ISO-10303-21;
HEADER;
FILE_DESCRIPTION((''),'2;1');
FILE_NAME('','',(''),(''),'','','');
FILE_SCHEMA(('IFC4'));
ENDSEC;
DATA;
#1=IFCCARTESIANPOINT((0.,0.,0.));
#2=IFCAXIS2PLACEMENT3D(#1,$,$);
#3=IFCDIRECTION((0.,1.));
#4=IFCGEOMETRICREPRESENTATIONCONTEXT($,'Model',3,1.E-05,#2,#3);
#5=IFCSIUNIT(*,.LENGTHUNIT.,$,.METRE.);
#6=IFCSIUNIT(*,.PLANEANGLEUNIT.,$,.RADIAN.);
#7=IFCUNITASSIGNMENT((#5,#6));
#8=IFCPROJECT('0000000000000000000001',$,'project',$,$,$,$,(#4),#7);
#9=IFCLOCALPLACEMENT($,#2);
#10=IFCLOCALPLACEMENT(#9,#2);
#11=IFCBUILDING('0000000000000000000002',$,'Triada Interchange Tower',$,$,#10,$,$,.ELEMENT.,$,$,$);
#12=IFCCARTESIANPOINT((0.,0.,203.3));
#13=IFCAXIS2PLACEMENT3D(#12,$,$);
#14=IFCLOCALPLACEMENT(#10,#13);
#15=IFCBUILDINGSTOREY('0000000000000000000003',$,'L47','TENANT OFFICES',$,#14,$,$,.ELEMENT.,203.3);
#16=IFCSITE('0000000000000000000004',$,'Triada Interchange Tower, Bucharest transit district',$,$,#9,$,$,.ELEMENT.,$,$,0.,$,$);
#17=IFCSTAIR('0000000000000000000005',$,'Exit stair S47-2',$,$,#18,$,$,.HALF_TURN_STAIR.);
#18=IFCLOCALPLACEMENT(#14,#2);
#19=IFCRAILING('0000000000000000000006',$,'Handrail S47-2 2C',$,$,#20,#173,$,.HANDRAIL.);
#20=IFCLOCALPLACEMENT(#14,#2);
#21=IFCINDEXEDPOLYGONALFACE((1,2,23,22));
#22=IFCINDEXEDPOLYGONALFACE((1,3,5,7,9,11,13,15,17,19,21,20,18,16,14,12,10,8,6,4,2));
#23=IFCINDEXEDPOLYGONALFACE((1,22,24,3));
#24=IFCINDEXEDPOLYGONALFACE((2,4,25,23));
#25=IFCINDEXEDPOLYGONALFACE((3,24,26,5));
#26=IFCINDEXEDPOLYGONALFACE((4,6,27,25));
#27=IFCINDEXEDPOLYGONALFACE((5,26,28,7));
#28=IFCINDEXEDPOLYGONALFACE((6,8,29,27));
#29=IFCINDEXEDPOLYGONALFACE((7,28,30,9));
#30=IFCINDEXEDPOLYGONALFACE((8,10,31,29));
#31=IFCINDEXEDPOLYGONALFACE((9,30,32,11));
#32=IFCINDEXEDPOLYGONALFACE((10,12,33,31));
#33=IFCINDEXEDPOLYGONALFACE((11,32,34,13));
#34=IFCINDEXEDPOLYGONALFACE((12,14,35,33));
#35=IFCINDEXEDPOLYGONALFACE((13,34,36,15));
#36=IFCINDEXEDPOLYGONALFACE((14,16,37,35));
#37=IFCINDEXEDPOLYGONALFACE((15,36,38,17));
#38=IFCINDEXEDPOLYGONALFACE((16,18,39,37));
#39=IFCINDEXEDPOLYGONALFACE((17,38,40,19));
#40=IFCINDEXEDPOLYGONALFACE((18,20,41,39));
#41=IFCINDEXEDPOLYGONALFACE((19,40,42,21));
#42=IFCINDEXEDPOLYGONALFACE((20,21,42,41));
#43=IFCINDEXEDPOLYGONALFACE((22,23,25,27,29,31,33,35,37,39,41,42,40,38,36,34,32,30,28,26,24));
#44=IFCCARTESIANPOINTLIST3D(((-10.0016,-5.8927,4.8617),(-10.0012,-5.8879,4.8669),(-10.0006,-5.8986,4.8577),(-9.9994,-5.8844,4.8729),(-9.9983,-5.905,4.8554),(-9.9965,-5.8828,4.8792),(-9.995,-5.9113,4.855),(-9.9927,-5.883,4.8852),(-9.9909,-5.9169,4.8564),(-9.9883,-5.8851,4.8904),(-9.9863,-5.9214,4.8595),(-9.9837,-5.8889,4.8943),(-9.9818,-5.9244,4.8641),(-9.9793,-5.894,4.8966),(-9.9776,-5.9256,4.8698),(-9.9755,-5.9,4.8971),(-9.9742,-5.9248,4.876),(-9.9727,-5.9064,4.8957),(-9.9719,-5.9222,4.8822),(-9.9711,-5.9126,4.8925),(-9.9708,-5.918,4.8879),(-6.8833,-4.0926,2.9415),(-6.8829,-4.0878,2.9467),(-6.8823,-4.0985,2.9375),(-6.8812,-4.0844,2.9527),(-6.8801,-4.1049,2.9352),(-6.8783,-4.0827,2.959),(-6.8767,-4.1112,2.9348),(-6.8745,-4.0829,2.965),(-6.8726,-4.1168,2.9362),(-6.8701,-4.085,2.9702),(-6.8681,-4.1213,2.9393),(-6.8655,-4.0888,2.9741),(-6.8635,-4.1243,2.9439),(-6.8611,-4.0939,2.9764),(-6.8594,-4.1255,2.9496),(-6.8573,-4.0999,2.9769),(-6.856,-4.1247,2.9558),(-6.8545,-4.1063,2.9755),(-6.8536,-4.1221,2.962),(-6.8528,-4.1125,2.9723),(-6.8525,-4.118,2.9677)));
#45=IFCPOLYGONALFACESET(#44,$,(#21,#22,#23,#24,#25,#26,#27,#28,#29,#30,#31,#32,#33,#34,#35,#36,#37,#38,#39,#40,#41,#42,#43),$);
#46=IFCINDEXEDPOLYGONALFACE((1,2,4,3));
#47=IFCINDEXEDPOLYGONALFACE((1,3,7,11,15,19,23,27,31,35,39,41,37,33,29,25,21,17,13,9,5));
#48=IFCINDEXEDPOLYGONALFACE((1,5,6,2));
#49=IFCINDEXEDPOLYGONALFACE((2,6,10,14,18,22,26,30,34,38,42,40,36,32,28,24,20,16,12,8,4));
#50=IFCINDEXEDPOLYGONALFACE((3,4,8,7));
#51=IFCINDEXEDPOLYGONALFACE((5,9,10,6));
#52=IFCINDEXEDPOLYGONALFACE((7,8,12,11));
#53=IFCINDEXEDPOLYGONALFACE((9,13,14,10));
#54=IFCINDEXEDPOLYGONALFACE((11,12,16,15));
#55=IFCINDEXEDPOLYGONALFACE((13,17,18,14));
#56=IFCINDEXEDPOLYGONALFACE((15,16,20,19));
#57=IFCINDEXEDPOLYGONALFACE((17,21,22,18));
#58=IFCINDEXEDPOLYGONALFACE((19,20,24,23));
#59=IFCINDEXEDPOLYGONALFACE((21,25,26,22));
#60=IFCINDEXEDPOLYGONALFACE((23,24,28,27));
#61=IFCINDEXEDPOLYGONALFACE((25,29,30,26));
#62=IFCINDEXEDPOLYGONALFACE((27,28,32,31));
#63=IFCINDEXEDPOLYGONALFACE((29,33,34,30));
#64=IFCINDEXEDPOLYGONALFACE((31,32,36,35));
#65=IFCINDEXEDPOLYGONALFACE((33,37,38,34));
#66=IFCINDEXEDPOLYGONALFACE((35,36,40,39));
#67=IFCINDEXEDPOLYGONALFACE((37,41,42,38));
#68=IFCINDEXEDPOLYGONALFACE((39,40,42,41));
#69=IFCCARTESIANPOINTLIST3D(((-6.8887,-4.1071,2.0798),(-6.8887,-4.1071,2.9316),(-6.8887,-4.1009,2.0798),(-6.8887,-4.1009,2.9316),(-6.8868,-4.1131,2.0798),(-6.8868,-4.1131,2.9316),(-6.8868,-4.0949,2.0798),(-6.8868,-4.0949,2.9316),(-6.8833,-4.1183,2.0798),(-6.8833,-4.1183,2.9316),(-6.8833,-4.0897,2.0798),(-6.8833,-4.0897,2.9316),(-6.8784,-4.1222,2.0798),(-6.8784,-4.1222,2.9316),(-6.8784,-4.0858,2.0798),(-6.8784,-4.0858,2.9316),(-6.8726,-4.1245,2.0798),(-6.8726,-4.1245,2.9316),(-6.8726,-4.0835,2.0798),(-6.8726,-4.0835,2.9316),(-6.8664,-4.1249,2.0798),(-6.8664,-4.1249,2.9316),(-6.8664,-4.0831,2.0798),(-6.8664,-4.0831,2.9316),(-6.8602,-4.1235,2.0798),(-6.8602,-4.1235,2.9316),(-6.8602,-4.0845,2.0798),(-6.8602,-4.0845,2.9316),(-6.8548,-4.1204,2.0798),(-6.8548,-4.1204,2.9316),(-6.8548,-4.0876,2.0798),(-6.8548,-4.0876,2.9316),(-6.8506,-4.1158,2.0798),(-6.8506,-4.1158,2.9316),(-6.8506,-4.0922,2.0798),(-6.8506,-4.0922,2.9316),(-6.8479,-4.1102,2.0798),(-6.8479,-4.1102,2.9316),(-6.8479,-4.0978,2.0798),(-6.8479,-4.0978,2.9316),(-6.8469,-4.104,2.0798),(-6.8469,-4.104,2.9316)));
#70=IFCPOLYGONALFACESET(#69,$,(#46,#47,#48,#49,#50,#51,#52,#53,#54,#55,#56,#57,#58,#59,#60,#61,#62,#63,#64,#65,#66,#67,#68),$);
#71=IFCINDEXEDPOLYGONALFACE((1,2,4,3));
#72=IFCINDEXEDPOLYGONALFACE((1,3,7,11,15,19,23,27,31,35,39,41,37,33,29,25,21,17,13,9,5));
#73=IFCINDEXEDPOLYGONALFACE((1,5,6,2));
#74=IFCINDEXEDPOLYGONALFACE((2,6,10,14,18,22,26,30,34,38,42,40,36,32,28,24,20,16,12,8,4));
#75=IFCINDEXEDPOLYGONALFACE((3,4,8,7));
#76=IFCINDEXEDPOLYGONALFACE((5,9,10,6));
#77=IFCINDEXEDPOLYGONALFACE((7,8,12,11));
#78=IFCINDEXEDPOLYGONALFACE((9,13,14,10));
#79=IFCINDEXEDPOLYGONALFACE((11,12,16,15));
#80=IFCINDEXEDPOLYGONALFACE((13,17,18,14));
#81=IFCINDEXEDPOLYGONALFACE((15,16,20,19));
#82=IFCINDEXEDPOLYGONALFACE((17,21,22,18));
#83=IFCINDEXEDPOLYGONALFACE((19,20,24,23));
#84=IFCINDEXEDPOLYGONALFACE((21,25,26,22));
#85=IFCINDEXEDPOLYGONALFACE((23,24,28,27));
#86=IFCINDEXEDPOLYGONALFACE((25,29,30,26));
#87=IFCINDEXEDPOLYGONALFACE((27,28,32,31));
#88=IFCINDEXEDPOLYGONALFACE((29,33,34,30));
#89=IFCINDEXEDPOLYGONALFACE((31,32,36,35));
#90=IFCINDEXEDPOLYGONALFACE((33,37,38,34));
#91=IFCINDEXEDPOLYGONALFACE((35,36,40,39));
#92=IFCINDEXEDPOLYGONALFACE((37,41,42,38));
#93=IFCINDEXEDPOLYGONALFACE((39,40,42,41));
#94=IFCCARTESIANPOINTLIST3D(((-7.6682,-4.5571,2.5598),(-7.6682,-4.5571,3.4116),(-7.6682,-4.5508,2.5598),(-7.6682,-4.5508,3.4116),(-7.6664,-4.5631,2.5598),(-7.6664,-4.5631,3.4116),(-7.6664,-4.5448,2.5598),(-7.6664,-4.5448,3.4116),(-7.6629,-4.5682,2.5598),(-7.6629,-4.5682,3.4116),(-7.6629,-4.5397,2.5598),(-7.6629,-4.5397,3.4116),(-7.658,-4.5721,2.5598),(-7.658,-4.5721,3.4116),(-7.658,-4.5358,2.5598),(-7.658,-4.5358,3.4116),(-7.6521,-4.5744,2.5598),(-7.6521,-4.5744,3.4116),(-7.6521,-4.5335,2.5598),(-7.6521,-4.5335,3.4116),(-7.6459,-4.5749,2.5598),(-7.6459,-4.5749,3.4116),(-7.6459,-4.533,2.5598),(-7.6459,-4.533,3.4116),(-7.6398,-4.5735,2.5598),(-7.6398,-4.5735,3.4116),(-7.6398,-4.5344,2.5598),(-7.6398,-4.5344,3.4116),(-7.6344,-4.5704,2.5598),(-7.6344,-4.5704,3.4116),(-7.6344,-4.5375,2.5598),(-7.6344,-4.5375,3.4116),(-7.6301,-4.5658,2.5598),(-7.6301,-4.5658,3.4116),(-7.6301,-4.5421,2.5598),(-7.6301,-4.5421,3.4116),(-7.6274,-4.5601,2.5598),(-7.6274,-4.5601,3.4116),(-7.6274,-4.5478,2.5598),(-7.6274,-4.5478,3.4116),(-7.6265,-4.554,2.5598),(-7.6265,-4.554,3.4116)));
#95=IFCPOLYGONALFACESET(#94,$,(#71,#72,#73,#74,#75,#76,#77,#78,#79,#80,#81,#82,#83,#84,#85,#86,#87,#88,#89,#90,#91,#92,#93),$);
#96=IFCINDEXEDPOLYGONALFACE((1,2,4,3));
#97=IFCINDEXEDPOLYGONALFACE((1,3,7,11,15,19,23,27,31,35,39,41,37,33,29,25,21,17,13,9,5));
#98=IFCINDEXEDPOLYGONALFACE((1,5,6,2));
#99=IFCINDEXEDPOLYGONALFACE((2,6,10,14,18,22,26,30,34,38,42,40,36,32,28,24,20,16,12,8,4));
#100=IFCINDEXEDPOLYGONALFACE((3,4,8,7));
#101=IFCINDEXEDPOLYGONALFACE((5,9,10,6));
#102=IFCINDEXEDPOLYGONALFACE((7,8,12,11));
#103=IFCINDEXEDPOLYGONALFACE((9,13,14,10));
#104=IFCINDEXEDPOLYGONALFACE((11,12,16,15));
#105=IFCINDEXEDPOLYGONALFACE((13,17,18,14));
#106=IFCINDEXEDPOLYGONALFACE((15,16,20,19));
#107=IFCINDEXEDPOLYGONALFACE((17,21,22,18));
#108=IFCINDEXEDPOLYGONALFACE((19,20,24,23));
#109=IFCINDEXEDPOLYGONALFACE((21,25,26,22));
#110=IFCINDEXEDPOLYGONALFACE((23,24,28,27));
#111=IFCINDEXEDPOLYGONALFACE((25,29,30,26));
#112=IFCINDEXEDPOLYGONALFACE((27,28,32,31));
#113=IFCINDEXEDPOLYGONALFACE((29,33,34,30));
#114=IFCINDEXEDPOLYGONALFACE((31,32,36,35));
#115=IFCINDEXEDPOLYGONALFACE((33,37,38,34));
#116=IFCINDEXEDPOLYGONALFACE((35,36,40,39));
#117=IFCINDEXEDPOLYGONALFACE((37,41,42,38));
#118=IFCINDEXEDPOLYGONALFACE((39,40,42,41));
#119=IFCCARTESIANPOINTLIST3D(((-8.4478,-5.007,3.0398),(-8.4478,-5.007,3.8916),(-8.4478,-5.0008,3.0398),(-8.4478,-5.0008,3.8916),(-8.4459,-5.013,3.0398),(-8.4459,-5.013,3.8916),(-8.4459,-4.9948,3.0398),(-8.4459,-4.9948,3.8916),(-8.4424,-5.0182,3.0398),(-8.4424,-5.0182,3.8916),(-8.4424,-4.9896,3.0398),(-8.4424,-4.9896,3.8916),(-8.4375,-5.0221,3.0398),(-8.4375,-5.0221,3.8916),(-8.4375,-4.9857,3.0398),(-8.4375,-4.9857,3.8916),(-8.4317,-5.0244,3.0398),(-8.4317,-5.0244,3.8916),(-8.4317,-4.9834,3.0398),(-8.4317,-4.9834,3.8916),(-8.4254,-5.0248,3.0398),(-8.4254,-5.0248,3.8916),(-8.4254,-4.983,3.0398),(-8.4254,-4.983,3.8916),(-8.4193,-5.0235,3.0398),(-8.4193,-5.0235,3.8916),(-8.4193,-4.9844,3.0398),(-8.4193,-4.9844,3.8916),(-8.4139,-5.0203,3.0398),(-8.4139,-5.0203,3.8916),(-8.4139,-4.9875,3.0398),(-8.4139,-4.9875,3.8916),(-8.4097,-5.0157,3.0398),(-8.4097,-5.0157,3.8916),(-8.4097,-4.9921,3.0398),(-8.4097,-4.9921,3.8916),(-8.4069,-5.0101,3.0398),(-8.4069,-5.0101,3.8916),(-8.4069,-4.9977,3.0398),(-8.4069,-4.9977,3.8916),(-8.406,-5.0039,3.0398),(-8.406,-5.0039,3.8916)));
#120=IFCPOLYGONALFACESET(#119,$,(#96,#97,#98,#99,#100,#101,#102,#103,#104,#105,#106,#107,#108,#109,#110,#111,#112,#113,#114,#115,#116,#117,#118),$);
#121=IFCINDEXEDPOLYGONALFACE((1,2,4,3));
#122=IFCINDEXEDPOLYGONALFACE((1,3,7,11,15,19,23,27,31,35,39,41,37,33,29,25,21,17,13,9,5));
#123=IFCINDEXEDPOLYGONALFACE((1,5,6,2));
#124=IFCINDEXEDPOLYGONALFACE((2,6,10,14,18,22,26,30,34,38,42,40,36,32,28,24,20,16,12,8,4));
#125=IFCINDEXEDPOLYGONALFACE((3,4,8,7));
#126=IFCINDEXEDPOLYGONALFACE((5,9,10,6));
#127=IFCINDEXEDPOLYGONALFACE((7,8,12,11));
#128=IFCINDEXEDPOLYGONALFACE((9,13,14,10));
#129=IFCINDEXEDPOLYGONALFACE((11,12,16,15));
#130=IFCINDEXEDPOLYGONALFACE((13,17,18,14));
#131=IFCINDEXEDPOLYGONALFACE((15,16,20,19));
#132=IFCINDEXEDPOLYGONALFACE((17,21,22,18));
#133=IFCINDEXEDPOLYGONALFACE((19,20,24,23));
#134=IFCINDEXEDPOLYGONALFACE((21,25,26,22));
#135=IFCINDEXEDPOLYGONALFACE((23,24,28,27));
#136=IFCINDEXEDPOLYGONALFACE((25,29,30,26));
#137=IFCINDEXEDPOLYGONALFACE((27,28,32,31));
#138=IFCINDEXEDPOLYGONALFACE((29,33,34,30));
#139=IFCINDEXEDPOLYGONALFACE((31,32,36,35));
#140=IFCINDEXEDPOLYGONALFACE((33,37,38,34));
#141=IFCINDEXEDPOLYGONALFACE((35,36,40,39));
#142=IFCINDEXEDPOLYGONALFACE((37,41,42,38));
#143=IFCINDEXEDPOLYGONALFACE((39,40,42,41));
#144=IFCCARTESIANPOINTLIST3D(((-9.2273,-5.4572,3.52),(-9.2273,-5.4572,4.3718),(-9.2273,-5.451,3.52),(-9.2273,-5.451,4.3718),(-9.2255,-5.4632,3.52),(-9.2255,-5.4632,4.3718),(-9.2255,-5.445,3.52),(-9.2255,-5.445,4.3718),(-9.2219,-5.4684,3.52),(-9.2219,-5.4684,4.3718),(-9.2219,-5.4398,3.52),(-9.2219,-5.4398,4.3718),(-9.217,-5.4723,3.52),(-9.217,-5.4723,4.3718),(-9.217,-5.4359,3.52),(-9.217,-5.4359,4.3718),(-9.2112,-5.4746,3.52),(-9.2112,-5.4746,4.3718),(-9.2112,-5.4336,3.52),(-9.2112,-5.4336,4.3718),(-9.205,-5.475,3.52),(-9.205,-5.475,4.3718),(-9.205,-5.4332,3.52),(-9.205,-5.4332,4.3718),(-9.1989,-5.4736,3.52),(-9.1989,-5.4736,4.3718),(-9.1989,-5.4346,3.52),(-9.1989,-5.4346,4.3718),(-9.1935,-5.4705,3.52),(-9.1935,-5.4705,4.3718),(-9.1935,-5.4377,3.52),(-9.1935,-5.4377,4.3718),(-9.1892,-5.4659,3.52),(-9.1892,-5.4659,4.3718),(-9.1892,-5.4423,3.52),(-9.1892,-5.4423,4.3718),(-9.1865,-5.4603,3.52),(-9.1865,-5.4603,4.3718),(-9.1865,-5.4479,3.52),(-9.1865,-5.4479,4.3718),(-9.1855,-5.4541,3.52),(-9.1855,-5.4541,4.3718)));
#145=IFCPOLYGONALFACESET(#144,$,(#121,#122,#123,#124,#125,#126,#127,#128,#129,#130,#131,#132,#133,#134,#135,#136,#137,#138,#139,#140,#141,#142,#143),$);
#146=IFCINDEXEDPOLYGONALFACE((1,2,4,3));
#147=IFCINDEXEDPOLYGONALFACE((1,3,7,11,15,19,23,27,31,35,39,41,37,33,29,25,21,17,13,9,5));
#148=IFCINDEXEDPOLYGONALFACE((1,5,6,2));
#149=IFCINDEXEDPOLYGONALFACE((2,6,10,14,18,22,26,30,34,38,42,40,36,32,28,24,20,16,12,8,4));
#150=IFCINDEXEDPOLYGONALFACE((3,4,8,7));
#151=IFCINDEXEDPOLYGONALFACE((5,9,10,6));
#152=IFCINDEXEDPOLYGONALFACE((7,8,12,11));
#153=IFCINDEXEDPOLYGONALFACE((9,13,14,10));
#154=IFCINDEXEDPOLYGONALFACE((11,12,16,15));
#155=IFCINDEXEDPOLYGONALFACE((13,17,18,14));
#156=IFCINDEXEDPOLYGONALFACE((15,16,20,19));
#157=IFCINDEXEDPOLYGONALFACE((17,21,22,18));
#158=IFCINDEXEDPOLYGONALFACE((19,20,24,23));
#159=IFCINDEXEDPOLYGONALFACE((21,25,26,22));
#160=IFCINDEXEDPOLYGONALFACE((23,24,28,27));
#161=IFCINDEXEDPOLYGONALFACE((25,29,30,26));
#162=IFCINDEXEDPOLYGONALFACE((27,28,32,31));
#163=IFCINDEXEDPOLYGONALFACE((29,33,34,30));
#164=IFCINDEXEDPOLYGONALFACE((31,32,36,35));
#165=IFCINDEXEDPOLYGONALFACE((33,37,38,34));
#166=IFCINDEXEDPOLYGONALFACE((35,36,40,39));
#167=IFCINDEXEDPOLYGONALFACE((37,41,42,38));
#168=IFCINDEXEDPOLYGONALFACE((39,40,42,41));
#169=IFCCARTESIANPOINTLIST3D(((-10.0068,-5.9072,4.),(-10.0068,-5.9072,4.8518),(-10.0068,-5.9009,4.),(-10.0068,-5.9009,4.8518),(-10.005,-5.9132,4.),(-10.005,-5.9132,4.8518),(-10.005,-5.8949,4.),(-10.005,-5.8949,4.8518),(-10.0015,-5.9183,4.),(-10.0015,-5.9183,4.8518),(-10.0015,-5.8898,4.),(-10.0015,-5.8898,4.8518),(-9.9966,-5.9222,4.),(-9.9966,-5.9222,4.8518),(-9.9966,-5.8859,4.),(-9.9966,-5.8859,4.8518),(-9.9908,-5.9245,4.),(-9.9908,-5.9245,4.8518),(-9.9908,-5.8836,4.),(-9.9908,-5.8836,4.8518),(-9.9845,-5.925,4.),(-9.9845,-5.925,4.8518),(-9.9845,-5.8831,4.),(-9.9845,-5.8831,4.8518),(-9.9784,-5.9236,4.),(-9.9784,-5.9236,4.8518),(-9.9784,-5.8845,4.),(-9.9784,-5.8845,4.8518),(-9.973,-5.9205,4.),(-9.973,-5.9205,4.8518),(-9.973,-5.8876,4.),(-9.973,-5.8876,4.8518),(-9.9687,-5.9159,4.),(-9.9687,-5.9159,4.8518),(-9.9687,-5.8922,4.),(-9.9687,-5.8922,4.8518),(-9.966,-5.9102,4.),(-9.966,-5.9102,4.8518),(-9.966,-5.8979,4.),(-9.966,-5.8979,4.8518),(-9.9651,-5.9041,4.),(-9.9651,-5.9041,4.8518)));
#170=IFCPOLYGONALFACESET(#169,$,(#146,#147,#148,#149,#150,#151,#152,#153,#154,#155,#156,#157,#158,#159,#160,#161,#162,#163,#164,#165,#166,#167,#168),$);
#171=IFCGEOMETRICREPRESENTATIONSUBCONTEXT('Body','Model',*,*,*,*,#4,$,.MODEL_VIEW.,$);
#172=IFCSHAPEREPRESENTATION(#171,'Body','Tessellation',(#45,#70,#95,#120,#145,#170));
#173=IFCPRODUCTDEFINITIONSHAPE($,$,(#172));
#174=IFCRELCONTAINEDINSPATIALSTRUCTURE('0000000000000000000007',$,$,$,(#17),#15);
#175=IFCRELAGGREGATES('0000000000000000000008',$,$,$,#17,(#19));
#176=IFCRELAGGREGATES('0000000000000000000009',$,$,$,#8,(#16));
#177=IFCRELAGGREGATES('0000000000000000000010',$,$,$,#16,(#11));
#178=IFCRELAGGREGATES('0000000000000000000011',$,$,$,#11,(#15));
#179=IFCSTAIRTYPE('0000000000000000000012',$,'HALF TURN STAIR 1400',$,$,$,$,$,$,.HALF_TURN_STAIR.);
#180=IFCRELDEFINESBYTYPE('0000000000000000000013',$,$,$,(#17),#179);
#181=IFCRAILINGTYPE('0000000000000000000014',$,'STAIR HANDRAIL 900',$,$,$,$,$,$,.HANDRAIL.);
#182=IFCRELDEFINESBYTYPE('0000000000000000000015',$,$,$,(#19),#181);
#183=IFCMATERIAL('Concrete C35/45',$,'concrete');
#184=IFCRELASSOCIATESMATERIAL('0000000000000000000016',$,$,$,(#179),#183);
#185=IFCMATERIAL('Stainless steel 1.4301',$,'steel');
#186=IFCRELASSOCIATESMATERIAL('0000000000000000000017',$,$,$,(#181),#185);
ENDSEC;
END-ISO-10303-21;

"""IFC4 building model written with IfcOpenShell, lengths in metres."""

from ifc_helpers import new_model, si_unit, direction, frame, origin, origin_2d, place, context, subcontext, project, spatial, circle, extrude, material, type_object, element, aggregate, save


model = new_model("IFC4")

# Units and contexts
model_context = context("Model", 3, precision=1e-05, world=origin(), true_north=direction((0.0, 1.0)))
body_context = subcontext(model_context, "Body", "Model", "MODEL_VIEW")
ifc_project = project(units=[si_unit("LENGTHUNIT", "METRE"), si_unit("PLANEANGLEUNIT", "RADIAN")], contexts=[model_context])

# Site, building, storey
site_placement = place(None, origin())
site = spatial("IfcSite", under=ifc_project, at=site_placement, Name="Triada Interchange Tower, Bucharest transit district", CompositionType="ELEMENT", RefElevation=0.0)
building_placement = place(site_placement, origin())
building = spatial("IfcBuilding", under=site, at=building_placement, Name="Triada Interchange Tower", CompositionType="ELEMENT")
storey_placement = place(building_placement, frame((0.0, 0.0, 203.3)))
storey = spatial("IfcBuildingStorey", under=building, at=storey_placement, Name="L47", Description="TENANT OFFICES", CompositionType="ELEMENT", Elevation=203.3)

# Stair, railing
ifc_material_1 = material(Name="Concrete C35/45", Category="concrete")
stair_type = type_object("IfcStairType", Name="HALF TURN STAIR 1400", PredefinedType="HALF_TURN_STAIR", material=ifc_material_1)
stair_placement = place(storey_placement, origin())
stair = element("IfcStair", 1, at=stair_placement, inside=storey, type_object=stair_type, Name="Exit stair S47-2", PredefinedType="HALF_TURN_STAIR")
ifc_material_2 = material(Name="Stainless steel 1.4301", Category="steel")
railing_type = type_object("IfcRailingType", Name="STAIR HANDRAIL 900", PredefinedType="HANDRAIL", material=ifc_material_2)
railing_1_placement = place(storey_placement, frame((-6.8679, -4.104, 2.0798)))
railing_1 = element("IfcRailing", 2, at=railing_1_placement, type_object=railing_type, Name="Handrail S47-2 2C", PredefinedType="HANDRAIL", context=body_context, shape_type="SweptSolid", body=[
    extrude(circle(Radius=0.0239, at=origin_2d()), frame((0.0, 0.0, 0.876), z_axis=(-0.76417, -0.441139, 0.470576), x_axis=(0.499953, -0.866052, 0.0)), (0.0, 0.0, 1.0), 4.0806),
    extrude(circle(Radius=0.021, at=origin_2d()), origin(), (0.0, 0.0, 1.0), 0.8518),
    extrude(circle(Radius=0.021, at=origin_2d()), frame((-0.7795, -0.45, 0.48)), (0.0, 0.0, 1.0), 0.8518),
    extrude(circle(Radius=0.021, at=origin_2d()), frame((-1.5591, -0.8999, 0.96)), (0.0, 0.0, 1.0), 0.8518),
    extrude(circle(Radius=0.021, at=origin_2d()), frame((-2.3386, -1.3501, 1.4402)), (0.0, 0.0, 1.0), 0.8518),
    extrude(circle(Radius=0.021, at=origin_2d()), frame((-3.1182, -1.8, 1.9202)), (0.0, 0.0, 1.0), 0.8518),
])
aggregate(stair, [railing_1])

save(model, "model.ifc")
